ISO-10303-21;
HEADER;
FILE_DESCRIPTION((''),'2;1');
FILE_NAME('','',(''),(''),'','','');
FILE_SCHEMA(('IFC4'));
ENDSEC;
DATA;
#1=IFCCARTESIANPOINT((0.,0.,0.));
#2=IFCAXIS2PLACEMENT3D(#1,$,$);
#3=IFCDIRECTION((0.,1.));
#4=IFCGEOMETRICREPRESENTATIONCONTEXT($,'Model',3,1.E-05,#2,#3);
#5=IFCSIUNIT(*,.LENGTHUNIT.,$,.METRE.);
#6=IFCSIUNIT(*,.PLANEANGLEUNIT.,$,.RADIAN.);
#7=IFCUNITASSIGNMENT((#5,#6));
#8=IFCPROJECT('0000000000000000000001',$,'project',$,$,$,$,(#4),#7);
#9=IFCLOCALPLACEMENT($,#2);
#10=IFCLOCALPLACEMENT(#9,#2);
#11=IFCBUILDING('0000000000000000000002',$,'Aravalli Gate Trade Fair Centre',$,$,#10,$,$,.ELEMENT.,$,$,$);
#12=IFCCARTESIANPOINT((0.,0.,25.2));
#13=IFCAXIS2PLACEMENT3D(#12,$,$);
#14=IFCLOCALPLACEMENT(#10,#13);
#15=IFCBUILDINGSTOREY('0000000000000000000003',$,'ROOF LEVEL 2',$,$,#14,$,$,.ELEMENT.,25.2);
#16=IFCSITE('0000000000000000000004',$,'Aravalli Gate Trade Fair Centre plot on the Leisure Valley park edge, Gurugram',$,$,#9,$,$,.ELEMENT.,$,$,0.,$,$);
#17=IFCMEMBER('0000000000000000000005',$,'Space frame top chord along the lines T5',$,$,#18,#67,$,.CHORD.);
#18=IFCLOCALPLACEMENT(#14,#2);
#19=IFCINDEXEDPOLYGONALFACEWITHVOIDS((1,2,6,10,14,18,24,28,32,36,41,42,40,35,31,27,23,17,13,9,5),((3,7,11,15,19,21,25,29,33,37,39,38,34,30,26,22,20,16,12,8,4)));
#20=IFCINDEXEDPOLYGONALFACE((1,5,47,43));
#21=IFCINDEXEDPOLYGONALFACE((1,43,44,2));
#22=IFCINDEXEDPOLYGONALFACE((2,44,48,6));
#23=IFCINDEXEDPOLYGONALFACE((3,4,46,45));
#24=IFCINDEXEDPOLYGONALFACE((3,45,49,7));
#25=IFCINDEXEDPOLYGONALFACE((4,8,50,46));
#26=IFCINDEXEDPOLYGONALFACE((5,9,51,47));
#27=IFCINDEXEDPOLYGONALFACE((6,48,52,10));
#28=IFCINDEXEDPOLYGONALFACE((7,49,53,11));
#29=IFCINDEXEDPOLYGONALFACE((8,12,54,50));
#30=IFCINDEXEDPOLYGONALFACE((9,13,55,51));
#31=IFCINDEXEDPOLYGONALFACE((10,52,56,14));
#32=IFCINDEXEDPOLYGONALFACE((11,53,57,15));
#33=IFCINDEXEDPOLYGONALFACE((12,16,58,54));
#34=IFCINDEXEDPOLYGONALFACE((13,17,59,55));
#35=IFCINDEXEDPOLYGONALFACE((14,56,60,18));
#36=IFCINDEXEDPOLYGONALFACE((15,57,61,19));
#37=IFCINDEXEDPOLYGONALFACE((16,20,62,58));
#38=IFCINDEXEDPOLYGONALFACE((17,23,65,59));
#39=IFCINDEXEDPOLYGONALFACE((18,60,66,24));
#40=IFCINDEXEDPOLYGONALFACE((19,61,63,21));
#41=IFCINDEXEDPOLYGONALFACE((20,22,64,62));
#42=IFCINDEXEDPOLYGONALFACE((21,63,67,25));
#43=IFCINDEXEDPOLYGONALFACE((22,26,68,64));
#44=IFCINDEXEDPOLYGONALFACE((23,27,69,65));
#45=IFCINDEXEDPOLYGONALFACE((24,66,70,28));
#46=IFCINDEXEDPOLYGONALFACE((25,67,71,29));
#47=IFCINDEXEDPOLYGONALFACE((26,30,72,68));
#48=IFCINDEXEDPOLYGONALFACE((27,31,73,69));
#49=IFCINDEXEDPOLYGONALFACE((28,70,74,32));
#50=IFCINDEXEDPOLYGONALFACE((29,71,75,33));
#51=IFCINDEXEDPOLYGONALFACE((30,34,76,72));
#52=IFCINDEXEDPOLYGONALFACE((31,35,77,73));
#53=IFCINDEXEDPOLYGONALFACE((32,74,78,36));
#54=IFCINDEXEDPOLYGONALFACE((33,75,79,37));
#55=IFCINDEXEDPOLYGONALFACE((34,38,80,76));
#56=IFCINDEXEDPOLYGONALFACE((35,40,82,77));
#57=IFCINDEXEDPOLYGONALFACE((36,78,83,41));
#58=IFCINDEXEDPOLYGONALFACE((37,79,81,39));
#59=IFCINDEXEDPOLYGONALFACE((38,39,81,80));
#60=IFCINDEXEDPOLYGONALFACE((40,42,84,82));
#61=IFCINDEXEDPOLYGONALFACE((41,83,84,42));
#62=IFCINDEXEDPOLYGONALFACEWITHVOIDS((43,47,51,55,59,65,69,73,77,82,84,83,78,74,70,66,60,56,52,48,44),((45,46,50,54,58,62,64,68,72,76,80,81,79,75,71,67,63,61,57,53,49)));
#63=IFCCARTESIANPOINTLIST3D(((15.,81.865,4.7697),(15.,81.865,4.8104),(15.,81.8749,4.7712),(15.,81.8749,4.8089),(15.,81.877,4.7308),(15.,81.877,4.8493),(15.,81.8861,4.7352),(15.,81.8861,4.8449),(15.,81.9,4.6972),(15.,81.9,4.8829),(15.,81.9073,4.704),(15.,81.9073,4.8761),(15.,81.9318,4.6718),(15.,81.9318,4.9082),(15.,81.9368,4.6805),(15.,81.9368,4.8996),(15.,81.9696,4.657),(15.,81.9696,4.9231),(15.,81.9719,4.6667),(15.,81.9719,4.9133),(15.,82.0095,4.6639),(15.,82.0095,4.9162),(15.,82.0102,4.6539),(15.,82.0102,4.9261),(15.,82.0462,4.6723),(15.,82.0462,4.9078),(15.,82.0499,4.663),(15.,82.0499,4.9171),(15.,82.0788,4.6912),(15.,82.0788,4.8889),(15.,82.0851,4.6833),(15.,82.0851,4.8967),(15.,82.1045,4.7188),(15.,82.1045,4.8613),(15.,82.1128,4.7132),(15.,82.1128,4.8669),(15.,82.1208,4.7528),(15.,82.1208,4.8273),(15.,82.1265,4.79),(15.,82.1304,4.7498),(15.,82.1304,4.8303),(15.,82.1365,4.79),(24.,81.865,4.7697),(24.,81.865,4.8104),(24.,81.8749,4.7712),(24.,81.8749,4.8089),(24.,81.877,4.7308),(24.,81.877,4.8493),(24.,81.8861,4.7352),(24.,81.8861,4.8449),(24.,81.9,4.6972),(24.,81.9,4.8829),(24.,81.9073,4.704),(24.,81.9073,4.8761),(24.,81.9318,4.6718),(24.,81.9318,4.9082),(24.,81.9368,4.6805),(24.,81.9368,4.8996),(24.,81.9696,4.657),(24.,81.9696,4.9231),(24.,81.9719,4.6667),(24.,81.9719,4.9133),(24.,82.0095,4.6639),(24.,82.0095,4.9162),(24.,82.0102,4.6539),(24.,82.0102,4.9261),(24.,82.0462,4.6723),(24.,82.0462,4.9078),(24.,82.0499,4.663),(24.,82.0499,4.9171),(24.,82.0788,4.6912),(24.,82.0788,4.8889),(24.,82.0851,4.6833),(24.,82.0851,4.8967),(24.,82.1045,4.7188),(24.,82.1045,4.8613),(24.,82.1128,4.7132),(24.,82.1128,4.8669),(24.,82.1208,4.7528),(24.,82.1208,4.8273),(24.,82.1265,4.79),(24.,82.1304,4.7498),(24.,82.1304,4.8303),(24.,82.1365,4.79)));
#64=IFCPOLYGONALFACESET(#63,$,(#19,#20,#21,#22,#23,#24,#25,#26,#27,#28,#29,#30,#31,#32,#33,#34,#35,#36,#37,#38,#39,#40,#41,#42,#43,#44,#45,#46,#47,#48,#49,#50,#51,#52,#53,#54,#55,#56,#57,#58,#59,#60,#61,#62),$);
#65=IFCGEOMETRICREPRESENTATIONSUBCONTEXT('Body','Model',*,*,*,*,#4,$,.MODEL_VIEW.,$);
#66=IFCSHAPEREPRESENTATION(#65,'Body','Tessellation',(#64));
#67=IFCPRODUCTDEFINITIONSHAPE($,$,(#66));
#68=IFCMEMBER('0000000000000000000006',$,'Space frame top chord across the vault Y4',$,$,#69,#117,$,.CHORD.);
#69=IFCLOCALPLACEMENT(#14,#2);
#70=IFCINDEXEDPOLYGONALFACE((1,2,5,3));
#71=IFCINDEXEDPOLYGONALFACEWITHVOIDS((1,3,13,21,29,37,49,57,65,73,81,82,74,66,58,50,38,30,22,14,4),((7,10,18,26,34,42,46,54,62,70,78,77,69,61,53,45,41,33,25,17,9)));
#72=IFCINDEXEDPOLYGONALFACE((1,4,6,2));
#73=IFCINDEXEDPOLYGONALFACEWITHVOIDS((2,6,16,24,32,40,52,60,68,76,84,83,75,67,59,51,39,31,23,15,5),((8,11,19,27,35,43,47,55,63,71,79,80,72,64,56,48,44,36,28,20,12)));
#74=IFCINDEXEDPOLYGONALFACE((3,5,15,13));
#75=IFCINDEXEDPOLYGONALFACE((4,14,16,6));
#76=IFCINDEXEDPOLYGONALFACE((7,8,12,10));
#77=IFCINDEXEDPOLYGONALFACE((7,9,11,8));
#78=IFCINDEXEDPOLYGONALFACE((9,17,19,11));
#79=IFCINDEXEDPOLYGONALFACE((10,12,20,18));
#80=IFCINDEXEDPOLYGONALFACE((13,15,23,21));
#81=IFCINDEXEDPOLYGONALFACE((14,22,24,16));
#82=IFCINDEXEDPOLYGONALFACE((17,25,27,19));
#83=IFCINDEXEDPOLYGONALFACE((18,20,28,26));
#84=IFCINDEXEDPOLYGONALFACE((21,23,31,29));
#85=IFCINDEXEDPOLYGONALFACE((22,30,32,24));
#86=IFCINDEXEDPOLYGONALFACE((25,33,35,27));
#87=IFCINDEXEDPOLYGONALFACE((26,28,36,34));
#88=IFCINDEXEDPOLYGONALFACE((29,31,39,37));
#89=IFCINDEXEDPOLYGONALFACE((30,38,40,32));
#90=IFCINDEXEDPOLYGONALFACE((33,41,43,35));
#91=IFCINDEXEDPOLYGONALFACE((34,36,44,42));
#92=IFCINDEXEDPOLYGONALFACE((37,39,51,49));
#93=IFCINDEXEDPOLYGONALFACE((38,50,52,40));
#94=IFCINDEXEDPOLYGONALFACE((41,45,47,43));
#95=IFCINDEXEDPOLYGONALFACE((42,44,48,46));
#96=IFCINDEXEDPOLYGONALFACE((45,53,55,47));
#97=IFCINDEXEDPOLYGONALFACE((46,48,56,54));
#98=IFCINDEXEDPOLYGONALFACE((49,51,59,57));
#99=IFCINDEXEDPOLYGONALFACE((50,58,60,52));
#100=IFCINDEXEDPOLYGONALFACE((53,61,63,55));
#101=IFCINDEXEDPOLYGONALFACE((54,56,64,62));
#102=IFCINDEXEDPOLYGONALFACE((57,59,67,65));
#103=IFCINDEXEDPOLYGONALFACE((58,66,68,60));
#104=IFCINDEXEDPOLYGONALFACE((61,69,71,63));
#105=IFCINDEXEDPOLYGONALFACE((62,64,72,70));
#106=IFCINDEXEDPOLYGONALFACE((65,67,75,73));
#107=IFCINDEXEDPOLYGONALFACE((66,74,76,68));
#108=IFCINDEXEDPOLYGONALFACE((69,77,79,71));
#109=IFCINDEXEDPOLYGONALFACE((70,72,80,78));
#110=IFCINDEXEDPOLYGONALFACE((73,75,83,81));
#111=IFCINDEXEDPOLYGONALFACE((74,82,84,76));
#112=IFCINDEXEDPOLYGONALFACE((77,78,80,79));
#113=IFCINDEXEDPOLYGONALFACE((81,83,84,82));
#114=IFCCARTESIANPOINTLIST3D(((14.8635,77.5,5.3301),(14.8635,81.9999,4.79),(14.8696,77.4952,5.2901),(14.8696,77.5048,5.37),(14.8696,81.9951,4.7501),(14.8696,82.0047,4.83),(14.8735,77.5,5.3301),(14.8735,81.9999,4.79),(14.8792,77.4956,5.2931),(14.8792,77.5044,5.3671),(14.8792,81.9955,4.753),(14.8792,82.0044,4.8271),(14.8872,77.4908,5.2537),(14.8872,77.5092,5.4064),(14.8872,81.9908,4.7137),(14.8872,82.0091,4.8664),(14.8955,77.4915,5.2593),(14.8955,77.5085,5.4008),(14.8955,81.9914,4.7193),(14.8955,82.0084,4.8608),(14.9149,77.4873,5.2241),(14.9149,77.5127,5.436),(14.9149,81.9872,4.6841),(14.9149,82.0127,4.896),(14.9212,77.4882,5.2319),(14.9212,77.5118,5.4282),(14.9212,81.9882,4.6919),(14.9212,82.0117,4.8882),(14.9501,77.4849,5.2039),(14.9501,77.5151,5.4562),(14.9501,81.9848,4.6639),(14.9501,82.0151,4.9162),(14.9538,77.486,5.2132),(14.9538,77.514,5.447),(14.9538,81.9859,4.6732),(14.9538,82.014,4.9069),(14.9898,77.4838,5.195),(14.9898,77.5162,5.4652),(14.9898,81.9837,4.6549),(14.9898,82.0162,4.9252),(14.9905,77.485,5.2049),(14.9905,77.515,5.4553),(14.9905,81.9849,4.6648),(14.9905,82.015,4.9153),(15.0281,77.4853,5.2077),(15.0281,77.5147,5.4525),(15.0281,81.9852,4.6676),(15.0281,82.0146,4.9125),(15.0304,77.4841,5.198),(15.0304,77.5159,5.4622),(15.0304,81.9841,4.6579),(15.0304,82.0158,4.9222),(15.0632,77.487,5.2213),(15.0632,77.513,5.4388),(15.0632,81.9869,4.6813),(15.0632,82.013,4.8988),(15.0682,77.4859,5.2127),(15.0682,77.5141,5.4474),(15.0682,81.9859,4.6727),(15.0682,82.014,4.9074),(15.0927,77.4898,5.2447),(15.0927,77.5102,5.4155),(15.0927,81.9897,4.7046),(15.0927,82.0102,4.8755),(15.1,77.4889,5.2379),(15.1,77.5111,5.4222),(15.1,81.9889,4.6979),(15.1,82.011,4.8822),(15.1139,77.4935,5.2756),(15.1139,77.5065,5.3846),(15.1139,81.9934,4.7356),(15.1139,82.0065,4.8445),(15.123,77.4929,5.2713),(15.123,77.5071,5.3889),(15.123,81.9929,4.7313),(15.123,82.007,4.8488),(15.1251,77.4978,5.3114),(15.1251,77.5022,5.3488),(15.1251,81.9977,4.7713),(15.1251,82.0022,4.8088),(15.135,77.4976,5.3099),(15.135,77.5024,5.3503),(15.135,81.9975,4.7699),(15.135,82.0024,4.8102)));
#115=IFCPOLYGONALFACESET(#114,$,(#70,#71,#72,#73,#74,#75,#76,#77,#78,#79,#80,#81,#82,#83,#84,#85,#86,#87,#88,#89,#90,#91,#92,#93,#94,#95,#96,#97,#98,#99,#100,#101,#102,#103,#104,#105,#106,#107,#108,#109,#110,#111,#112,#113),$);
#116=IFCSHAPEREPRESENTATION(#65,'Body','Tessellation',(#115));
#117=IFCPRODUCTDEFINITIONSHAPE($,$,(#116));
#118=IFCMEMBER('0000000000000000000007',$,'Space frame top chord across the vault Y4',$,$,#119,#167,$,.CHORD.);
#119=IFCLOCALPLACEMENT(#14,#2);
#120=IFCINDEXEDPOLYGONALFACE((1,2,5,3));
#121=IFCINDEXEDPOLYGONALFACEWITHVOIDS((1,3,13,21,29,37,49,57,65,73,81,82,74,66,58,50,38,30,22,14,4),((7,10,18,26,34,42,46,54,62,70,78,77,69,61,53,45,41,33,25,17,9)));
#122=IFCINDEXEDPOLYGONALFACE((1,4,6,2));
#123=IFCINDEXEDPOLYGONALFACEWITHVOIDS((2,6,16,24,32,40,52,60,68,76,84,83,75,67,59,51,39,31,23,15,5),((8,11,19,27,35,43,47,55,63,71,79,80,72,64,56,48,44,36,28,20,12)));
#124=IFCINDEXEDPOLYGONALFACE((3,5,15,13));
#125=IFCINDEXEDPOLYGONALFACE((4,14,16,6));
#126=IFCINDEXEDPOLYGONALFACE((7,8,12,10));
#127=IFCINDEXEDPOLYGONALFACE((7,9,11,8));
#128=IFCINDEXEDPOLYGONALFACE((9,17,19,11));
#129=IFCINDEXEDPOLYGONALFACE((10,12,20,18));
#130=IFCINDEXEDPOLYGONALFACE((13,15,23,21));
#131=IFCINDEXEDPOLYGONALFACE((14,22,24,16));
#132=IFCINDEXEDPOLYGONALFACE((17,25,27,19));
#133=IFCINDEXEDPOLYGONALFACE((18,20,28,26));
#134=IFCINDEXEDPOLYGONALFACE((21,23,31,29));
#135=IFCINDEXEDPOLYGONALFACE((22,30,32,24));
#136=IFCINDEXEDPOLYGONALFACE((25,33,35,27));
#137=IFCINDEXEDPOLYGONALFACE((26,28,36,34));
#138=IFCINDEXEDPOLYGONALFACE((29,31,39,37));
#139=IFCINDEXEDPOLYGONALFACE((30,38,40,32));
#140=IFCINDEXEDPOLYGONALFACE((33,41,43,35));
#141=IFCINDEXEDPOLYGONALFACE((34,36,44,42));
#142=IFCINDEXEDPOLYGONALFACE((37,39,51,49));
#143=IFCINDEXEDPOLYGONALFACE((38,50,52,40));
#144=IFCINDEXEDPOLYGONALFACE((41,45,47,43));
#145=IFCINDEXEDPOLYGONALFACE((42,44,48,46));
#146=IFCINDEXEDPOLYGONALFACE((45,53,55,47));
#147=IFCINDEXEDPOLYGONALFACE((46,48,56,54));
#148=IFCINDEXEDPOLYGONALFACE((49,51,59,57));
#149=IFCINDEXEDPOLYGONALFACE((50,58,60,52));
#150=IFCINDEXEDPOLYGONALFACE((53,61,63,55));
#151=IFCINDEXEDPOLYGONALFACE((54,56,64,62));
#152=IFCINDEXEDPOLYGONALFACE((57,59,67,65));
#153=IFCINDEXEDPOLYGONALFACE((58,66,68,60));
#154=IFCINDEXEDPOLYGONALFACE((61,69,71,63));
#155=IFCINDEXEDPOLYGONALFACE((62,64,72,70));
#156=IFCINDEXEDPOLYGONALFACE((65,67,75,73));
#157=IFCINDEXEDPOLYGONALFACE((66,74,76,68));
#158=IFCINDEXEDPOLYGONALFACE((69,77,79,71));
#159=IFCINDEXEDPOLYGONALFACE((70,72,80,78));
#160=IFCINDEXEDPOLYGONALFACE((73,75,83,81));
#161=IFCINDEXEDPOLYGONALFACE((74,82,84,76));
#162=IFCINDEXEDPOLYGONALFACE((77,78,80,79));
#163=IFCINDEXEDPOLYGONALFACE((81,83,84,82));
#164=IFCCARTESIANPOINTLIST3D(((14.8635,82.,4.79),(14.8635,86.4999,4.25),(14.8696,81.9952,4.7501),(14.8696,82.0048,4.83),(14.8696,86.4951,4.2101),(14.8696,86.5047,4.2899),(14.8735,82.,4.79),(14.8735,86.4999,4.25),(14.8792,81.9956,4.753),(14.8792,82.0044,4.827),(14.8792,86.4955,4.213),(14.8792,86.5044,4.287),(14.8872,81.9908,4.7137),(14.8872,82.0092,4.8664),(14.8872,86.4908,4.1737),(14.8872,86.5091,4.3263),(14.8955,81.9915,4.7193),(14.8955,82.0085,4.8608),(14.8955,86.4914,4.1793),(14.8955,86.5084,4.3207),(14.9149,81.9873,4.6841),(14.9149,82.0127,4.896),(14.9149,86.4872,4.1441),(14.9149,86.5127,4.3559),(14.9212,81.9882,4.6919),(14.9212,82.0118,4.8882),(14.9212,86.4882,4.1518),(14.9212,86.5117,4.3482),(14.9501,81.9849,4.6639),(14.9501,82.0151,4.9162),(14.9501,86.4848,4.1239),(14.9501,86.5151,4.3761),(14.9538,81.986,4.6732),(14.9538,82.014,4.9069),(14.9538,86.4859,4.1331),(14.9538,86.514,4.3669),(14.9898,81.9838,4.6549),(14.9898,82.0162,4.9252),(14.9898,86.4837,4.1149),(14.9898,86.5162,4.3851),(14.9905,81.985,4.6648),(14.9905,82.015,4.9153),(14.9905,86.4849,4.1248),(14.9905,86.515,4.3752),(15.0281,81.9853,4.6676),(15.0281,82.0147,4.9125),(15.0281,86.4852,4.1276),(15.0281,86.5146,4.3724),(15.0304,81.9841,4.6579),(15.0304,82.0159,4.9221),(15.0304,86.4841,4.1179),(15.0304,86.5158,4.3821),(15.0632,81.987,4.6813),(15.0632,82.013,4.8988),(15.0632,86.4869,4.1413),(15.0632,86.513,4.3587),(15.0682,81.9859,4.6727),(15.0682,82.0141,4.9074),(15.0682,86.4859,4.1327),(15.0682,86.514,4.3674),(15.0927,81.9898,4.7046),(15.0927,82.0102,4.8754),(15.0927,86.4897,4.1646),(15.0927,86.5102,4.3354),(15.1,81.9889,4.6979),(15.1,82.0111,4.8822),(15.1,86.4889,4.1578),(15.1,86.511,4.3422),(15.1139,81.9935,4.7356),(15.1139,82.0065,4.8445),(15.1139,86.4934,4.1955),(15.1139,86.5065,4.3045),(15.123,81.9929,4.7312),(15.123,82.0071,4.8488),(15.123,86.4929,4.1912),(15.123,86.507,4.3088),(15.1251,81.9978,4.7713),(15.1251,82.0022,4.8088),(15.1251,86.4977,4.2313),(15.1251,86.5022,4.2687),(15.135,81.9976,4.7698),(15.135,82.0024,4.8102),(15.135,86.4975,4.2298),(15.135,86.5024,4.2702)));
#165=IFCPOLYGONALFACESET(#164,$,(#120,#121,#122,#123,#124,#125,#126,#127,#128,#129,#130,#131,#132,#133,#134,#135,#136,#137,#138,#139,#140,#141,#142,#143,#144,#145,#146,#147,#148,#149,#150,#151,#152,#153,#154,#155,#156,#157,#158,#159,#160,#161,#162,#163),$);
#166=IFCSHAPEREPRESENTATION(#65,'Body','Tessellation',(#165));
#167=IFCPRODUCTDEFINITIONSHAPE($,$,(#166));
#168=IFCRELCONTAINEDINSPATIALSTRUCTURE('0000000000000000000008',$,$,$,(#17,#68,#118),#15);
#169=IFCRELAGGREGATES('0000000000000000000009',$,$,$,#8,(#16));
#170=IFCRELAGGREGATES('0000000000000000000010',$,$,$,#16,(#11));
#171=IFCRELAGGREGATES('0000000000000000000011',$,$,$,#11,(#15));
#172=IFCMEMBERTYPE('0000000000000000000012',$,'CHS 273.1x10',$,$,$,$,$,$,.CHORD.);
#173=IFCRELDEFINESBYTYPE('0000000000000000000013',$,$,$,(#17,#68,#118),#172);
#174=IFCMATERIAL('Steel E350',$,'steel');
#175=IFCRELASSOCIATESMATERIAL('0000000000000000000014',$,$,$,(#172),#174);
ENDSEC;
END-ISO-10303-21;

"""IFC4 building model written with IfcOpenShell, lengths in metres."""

from ifc_helpers import new_model, si_unit, direction, frame, origin, origin_2d, place, context, subcontext, project, spatial, hollow_circle, extrude, material, material_profile, profile_set, type_object, element, save


model = new_model("IFC4")

# Units and contexts
model_context = context("Model", 3, precision=1e-05, world=origin(), true_north=direction((0.0, 1.0)))
body_context = subcontext(model_context, "Body", "Model", "MODEL_VIEW")
ifc_project = project(units=[si_unit("LENGTHUNIT", "METRE"), si_unit("PLANEANGLEUNIT", "RADIAN")], contexts=[model_context])

# Site, building, storey
site_placement = place(None, origin())
site = spatial("IfcSite", under=ifc_project, at=site_placement, Name="Aravalli Gate Trade Fair Centre plot on the Leisure Valley park edge, Gurugram", CompositionType="ELEMENT", RefElevation=0.0)
building_placement = place(site_placement, origin())
building = spatial("IfcBuilding", under=site, at=building_placement, Name="Aravalli Gate Trade Fair Centre", CompositionType="ELEMENT")
storey_placement = place(building_placement, frame((0.0, 0.0, 25.2)))
storey = spatial("IfcBuildingStorey", under=building, at=storey_placement, Name="ROOF LEVEL 2", CompositionType="ELEMENT", Elevation=25.2)

# Members
ifc_material_1 = material(Name="Steel E350", Category="steel")
ifc_material_profile_1 = material_profile(ifc_material_1, hollow_circle(Radius=0.1365, WallThickness=0.01, at=origin_2d()), Name="CHS 273.1x10")
ifc_profile_set_1 = profile_set([ifc_material_profile_1], Name="Steel E350")
member_type_1 = type_object("IfcMemberType", Name="CHS 273.1x10", PredefinedType="CHORD", material=ifc_profile_set_1)
for number, where, z_axis, x_axis, name in (
    (1, (15.0, 82.0, 4.79), (1.0, 0.0, 0.0), (0.0, 1.0, 0.0), "Space frame top chord along the lines T5"),
):
    element("IfcMember", number, at=place(storey_placement, frame(where, z_axis=z_axis, x_axis=x_axis)), inside=storey, type_object=member_type_1, Name=name, PredefinedType="CHORD", context=body_context, shape_type="SweptSolid", body=[
        extrude(hollow_circle(Radius=0.1365, WallThickness=0.01, at=origin_2d()), origin(), (0.0, 0.0, 1.0), 9.0),
    ])
for number, where, z_axis, x_axis, name in (
    (2, (15.0, 77.5, 5.3301), (0.0, 0.992876, -0.119154), (-1.0, 0.0, 0.0), "Space frame top chord across the vault Y4"),
    (3, (15.0, 82.0, 4.79), (0.0, 0.992876, -0.119154), (-1.0, 0.0, 0.0), "Space frame top chord across the vault Y4"),
):
    element("IfcMember", number, at=place(storey_placement, frame(where, z_axis=z_axis, x_axis=x_axis)), inside=storey, type_object=member_type_1, Name=name, PredefinedType="CHORD", context=body_context, shape_type="SweptSolid", body=[
        extrude(hollow_circle(Radius=0.1365, WallThickness=0.01, at=origin_2d()), origin(), (0.0, 0.0, 1.0), 4.5322),
    ])

save(model, "model.ifc")
